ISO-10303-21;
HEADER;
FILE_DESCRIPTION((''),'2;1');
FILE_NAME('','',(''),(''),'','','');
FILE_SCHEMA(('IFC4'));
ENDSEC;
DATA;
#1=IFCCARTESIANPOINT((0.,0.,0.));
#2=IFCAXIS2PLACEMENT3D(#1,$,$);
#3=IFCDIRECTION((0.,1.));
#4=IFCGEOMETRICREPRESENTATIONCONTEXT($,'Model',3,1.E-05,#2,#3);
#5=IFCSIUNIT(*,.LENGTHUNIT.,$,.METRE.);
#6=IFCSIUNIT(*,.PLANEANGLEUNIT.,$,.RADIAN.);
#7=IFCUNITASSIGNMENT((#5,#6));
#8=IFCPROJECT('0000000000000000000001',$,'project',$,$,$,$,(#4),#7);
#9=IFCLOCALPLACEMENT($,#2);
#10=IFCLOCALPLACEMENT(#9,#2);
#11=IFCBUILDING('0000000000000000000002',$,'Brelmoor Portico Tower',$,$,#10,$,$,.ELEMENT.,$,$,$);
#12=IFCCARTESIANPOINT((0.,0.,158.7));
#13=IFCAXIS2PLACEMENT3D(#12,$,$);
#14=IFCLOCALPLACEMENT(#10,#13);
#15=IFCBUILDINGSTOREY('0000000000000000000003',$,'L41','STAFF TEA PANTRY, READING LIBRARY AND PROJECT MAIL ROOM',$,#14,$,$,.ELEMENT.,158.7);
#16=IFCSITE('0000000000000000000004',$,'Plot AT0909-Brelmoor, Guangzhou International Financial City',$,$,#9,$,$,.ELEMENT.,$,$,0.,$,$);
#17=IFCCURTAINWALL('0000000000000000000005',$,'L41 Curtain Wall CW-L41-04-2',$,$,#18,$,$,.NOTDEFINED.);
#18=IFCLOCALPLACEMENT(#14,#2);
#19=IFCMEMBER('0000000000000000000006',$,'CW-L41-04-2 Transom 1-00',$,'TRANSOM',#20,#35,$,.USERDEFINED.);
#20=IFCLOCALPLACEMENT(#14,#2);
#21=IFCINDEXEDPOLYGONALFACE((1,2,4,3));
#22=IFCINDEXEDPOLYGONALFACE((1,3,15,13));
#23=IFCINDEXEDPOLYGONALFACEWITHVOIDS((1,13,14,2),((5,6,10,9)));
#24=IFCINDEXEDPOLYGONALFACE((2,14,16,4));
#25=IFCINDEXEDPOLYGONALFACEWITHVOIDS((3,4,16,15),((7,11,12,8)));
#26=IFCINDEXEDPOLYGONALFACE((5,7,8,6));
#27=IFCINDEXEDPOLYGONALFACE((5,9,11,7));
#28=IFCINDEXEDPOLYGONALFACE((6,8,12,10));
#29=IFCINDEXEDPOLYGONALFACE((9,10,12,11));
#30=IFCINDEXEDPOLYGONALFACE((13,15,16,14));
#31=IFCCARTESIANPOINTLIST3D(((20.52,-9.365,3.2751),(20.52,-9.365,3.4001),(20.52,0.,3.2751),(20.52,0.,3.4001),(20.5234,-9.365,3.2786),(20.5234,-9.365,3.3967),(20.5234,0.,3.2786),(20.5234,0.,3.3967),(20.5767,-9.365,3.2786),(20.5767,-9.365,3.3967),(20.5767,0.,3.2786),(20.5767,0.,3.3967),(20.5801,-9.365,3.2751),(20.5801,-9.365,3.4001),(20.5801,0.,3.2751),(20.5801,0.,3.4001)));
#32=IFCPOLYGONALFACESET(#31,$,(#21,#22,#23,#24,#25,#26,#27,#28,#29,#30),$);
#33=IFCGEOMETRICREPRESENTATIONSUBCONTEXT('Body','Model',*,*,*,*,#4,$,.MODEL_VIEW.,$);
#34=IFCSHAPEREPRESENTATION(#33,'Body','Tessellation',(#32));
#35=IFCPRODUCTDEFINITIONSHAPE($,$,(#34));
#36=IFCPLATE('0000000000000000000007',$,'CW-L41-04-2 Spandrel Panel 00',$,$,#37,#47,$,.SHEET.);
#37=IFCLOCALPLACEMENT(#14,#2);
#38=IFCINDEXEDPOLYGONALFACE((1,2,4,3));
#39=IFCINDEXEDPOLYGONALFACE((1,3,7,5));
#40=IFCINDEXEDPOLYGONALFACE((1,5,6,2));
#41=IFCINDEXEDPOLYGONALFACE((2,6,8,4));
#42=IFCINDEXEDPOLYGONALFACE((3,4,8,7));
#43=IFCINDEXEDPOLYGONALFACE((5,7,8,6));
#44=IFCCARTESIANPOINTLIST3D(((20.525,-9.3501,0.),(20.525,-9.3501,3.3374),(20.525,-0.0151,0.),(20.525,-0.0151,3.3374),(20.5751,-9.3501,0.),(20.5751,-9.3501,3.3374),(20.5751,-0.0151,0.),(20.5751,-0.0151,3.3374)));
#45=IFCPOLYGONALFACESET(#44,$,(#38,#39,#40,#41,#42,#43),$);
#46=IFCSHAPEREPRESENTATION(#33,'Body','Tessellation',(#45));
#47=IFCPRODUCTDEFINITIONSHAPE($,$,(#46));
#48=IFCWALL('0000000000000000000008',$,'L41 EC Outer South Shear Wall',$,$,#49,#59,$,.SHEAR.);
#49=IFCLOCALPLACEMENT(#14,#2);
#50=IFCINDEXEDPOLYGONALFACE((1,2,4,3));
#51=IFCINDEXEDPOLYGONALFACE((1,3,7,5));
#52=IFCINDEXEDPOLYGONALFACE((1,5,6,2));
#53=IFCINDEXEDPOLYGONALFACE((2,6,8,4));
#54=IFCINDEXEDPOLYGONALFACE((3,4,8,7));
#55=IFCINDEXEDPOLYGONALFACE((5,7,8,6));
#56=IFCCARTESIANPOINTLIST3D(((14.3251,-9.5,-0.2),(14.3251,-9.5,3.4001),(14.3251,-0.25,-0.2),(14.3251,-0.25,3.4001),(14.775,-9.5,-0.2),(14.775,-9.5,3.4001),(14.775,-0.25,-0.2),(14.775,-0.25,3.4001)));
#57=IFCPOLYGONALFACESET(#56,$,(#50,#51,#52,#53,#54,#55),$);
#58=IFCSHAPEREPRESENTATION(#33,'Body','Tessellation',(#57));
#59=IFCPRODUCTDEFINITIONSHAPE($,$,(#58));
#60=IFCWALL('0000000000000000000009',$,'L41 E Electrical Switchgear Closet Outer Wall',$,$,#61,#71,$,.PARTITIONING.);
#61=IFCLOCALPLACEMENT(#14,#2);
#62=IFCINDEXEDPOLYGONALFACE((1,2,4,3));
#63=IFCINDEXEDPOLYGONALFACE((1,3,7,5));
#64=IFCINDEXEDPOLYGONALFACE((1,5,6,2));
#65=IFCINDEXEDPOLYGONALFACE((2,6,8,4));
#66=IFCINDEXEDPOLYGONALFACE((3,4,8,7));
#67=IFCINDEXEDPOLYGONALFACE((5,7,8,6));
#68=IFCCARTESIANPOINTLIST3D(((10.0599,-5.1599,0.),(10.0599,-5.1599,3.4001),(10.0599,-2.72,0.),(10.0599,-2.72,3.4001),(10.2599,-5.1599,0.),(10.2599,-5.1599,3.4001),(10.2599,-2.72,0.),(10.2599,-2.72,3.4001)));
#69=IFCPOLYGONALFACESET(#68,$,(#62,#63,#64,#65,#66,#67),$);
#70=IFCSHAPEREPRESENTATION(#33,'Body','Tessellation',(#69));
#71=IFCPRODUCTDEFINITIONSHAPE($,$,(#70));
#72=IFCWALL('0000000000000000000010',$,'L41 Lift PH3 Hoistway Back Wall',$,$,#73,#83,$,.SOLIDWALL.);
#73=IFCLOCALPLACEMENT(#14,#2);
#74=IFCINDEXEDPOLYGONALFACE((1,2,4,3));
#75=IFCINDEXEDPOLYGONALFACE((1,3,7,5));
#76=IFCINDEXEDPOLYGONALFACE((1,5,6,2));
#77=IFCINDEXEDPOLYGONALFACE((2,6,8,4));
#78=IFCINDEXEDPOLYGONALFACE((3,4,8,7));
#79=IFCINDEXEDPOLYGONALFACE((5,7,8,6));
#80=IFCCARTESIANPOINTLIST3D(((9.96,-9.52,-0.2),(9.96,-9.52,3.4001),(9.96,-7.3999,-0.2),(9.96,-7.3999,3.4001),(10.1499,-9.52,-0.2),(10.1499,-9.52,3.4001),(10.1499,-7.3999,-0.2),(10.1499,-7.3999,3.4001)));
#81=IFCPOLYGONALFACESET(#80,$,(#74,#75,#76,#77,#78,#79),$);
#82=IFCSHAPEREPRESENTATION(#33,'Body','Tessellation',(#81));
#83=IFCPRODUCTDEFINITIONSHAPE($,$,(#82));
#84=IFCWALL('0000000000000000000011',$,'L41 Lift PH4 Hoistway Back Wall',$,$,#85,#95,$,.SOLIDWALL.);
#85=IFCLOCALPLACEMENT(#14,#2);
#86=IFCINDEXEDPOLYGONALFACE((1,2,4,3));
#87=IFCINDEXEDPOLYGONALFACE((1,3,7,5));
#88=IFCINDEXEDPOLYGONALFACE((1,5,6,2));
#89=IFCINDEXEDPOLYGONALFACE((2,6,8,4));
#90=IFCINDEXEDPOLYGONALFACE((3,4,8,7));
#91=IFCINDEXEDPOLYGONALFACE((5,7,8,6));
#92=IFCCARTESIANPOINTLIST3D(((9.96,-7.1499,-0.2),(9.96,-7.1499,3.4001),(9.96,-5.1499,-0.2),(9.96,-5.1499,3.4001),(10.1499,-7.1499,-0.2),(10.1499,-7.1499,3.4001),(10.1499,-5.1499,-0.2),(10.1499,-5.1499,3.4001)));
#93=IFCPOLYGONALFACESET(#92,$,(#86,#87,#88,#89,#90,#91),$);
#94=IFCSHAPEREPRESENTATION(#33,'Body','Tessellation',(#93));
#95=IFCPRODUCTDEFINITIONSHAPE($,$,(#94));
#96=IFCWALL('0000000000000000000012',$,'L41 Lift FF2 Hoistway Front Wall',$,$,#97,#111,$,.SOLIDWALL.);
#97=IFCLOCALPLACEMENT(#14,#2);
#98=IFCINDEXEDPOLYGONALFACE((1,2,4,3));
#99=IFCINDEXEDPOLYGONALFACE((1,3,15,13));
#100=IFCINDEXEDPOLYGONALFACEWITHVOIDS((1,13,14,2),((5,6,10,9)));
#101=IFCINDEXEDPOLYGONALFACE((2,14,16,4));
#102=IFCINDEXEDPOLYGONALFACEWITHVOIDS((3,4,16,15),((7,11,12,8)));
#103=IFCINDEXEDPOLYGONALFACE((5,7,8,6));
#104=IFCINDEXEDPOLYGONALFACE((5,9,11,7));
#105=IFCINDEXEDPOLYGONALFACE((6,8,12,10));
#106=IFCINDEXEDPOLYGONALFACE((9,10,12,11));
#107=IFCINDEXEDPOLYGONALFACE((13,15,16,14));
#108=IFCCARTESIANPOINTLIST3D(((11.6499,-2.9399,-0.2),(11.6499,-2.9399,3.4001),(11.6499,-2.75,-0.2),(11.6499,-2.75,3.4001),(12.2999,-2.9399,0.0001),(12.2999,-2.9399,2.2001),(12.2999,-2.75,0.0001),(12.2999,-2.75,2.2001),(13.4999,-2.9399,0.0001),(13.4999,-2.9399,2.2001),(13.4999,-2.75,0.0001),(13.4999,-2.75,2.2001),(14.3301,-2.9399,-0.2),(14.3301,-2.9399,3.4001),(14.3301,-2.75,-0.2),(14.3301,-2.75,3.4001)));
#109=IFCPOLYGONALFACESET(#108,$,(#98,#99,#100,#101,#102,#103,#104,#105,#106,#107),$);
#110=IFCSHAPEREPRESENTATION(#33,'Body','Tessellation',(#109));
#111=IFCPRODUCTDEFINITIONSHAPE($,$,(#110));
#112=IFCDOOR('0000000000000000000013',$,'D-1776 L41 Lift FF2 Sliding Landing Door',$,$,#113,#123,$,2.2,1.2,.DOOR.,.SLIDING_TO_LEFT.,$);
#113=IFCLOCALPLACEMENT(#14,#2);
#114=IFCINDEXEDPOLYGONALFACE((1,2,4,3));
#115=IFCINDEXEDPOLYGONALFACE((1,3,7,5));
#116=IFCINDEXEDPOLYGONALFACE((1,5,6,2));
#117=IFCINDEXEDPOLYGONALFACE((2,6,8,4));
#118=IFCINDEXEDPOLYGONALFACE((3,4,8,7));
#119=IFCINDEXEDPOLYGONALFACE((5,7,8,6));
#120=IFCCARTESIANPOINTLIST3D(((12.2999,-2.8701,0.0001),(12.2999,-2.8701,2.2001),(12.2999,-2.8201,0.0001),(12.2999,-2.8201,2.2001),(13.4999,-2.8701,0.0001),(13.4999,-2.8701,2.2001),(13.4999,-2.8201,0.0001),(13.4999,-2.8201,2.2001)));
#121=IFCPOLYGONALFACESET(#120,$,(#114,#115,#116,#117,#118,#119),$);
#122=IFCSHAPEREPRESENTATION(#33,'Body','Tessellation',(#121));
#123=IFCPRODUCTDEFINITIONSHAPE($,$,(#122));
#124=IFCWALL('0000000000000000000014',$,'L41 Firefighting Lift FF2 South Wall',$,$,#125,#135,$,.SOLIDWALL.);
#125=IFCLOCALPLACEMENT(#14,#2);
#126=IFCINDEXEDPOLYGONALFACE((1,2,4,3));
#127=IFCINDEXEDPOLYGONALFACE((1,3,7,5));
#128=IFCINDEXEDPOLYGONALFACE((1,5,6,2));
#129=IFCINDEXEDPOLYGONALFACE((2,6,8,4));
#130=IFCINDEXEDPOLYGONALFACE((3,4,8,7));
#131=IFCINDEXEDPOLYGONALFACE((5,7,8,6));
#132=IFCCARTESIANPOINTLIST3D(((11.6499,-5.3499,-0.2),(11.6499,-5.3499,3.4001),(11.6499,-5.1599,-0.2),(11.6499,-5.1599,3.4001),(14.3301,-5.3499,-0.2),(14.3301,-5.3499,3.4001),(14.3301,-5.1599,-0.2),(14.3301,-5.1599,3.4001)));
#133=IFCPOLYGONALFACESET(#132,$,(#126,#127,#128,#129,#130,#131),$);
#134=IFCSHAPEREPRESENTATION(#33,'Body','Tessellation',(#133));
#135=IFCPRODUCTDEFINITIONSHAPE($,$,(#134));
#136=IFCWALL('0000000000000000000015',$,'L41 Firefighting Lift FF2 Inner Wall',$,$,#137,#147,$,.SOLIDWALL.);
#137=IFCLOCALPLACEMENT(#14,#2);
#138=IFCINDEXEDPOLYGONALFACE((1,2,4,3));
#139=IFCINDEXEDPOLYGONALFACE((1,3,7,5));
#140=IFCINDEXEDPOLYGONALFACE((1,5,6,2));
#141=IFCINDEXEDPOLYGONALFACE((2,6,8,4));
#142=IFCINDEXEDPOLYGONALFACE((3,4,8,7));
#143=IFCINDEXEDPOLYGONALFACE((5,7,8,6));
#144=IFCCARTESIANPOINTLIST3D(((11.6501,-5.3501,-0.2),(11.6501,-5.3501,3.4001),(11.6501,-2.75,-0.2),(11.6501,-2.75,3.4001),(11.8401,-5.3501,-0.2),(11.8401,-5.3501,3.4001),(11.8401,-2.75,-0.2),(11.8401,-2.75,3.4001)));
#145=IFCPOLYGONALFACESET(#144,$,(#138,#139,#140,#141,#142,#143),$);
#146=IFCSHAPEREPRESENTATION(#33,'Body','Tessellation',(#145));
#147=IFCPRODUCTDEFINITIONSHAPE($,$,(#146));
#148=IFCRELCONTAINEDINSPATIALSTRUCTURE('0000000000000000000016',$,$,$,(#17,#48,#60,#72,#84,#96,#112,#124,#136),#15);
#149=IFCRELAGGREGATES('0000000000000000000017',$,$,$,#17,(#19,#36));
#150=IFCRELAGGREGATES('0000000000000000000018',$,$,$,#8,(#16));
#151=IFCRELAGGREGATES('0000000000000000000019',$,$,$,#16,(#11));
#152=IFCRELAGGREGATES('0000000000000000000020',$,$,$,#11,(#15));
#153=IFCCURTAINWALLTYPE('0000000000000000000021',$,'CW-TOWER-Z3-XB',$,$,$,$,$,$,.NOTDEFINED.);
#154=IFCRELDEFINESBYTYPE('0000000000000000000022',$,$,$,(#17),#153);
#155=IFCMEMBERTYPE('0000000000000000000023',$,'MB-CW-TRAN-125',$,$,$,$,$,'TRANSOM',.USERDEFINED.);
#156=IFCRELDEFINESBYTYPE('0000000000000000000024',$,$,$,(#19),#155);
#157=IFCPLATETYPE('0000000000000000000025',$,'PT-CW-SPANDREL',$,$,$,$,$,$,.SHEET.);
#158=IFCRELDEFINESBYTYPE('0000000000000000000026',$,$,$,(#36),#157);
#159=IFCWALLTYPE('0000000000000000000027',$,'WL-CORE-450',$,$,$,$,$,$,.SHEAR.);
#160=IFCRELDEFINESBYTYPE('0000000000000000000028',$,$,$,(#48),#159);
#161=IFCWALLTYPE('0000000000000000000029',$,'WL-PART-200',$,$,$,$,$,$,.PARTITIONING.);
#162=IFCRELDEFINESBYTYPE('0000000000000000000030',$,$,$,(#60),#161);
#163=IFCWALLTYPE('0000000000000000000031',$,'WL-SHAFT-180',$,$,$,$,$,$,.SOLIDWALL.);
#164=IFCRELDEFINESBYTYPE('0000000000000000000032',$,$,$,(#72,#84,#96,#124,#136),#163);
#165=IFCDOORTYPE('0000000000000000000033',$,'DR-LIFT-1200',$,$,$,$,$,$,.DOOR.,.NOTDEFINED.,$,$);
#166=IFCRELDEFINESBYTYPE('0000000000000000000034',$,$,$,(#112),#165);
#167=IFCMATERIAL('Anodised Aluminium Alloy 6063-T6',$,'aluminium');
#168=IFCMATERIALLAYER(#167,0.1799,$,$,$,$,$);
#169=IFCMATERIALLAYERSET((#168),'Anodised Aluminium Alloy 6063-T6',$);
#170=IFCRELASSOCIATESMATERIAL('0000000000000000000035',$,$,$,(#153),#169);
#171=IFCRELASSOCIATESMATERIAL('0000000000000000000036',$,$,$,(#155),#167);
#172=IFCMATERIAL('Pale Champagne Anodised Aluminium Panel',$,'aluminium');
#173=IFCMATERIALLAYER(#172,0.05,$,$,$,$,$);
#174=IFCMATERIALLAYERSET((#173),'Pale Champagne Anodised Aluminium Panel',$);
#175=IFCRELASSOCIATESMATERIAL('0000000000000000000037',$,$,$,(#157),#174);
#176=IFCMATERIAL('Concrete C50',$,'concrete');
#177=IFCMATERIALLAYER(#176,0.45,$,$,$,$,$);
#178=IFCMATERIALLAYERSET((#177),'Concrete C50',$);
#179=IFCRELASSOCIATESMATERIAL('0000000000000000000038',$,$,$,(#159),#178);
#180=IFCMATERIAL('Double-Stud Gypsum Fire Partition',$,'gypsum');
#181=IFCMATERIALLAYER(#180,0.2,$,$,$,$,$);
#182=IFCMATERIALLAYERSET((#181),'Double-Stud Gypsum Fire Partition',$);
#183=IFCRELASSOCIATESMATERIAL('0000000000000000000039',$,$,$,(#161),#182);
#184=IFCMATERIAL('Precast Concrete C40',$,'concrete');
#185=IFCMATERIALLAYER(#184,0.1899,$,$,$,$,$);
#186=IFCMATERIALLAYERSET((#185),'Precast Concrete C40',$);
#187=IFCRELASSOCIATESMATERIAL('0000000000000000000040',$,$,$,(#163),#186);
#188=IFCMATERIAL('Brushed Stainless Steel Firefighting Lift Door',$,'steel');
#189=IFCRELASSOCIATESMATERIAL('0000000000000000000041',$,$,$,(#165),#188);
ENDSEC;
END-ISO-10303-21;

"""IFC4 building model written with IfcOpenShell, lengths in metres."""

from ifc_helpers import new_model, si_unit, direction, frame, frame_2d, origin, origin_2d, place, context, subcontext, project, spatial, rectangle, hollow_rectangle, extrude, material, layer, layer_set, material_profile, profile_set, type_object, element, fill, aggregate, save


model = new_model("IFC4")

# Units and contexts
model_context = context("Model", 3, precision=1e-05, world=origin(), true_north=direction((0.0, 1.0)))
body_context = subcontext(model_context, "Body", "Model", "MODEL_VIEW")
ifc_project = project(units=[si_unit("LENGTHUNIT", "METRE"), si_unit("PLANEANGLEUNIT", "RADIAN")], contexts=[model_context])

# Site, building, storey
site_placement = place(None, origin())
site = spatial("IfcSite", under=ifc_project, at=site_placement, Name="Plot AT0909-Brelmoor, Guangzhou International Financial City", CompositionType="ELEMENT", RefElevation=0.0)
building_placement = place(site_placement, origin())
building = spatial("IfcBuilding", under=site, at=building_placement, Name="Brelmoor Portico Tower", CompositionType="ELEMENT")
storey_placement = place(building_placement, frame((0.0, 0.0, 158.7)))
storey = spatial("IfcBuildingStorey", under=building, at=storey_placement, Name="L41", Description="STAFF TEA PANTRY, READING LIBRARY AND PROJECT MAIL ROOM", CompositionType="ELEMENT", Elevation=158.7)

# Curtain wall, member, plate
ifc_material_1 = material(Name="Anodised Aluminium Alloy 6063-T6", Category="aluminium")
ifc_layer_1 = layer(ifc_material_1, 0.1799)
ifc_layer_set_1 = layer_set([ifc_layer_1], Name="Anodised Aluminium Alloy 6063-T6")
curtain_wall_type = type_object("IfcCurtainWallType", Name="CW-TOWER-Z3-XB", PredefinedType="NOTDEFINED", material=ifc_layer_set_1)
curtain_wall_placement = place(storey_placement, origin())
curtain_wall = element("IfcCurtainWall", 1, at=curtain_wall_placement, inside=storey, type_object=curtain_wall_type, Name="L41 Curtain Wall CW-L41-04-2", PredefinedType="NOTDEFINED")
ifc_material_profile_1 = material_profile(ifc_material_1, hollow_rectangle(XDim=0.0601, YDim=0.125, WallThickness=0.0034, at=origin_2d()), Name="ALU TRANSOM 60x125")
ifc_profile_set_1 = profile_set([ifc_material_profile_1], Name="Anodised Aluminium Alloy 6063-T6")
member_type_1 = type_object("IfcMemberType", Name="MB-CW-TRAN-125", ElementType="TRANSOM", PredefinedType="USERDEFINED", material=ifc_profile_set_1)
member_1_placement = place(storey_placement, frame((20.55, -9.365, 3.3376), z_axis=(0.0, 1.0, 0.0), x_axis=(-1.0, 0.0, 0.0)))
member_1 = element("IfcMember", 2, at=member_1_placement, type_object=member_type_1, Name="CW-L41-04-2 Transom 1-00", ObjectType="TRANSOM", PredefinedType="USERDEFINED", context=body_context, shape_type="SweptSolid", body=[
    extrude(hollow_rectangle(XDim=0.0601, YDim=0.125, WallThickness=0.0034, at=origin_2d()), origin(), (0.0, 0.0, 1.0), 9.365),
])
ifc_material_2 = material(Name="Pale Champagne Anodised Aluminium Panel", Category="aluminium")
ifc_layer_2 = layer(ifc_material_2, 0.05)
ifc_layer_set_2 = layer_set([ifc_layer_2], Name="Pale Champagne Anodised Aluminium Panel")
plate_type = type_object("IfcPlateType", Name="PT-CW-SPANDREL", PredefinedType="SHEET", material=ifc_layer_set_2)
plate_placement = place(storey_placement, frame((20.55, -4.6826, 0.0), z_axis=(0.0, 0.0, 1.0), x_axis=(0.0, 1.0, 0.0)))
plate = element("IfcPlate", 3, at=plate_placement, type_object=plate_type, Name="CW-L41-04-2 Spandrel Panel 00", PredefinedType="SHEET", context=body_context, shape_type="SweptSolid", body=[
    extrude(rectangle(XDim=9.335, YDim=0.05, at=origin_2d()), origin(), (0.0, 0.0, 1.0), 3.3374),
])
aggregate(curtain_wall, [member_1, plate])

# Wall
ifc_material_3 = material(Name="Concrete C50", Category="concrete")
ifc_layer_3 = layer(ifc_material_3, 0.45)
ifc_layer_set_3 = layer_set([ifc_layer_3], Name="Concrete C50")
wall_type_1 = type_object("IfcWallType", Name="WL-CORE-450", PredefinedType="SHEAR", material=ifc_layer_set_3)
wall_1_placement = place(storey_placement, frame((14.55, -9.5, -0.2), z_axis=(0.0, 0.0, 1.0), x_axis=(0.0, 1.0, 0.0)))
element("IfcWall", 4, at=wall_1_placement, inside=storey, type_object=wall_type_1, Name="L41 EC Outer South Shear Wall", PredefinedType="SHEAR", context=body_context, shape_type="SweptSolid", body=[
    extrude(rectangle(XDim=9.25, YDim=0.45, at=frame_2d((4.625, 0.0))), origin(), (0.0, 0.0, 1.0), 3.6001),
])

# Shared definitions
ifc_material_4 = material(Name="Double-Stud Gypsum Fire Partition", Category="gypsum")
ifc_layer_4 = layer(ifc_material_4, 0.2)
ifc_layer_set_4 = layer_set([ifc_layer_4], Name="Double-Stud Gypsum Fire Partition")
wall_type_2 = type_object("IfcWallType", Name="WL-PART-200", PredefinedType="PARTITIONING", material=ifc_layer_set_4)

# Walls
wall_2_placement = place(storey_placement, frame((10.1599, -5.1599, 0.0), z_axis=(0.0, 0.0, 1.0), x_axis=(0.0, 1.0, 0.0)))
element("IfcWall", 5, at=wall_2_placement, inside=storey, type_object=wall_type_2, Name="L41 E Electrical Switchgear Closet Outer Wall", PredefinedType="PARTITIONING", context=body_context, shape_type="SweptSolid", body=[
    extrude(rectangle(XDim=2.4399, YDim=0.2, at=frame_2d((1.22, 0.0))), origin(), (0.0, 0.0, 1.0), 3.4001),
])
ifc_material_5 = material(Name="Precast Concrete C40", Category="concrete")
ifc_layer_5 = layer(ifc_material_5, 0.1899)
ifc_layer_set_5 = layer_set([ifc_layer_5], Name="Precast Concrete C40")
wall_type_3 = type_object("IfcWallType", Name="WL-SHAFT-180", PredefinedType="SOLIDWALL", material=ifc_layer_set_5)
wall_3_placement = place(storey_placement, frame((10.0549, -9.52, -0.2), z_axis=(0.0, 0.0, 1.0), x_axis=(0.0, 1.0, 0.0)))
element("IfcWall", 6, at=wall_3_placement, inside=storey, type_object=wall_type_3, Name="L41 Lift PH3 Hoistway Back Wall", PredefinedType="SOLIDWALL", context=body_context, shape_type="SweptSolid", body=[
    extrude(rectangle(XDim=2.1201, YDim=0.1899, at=frame_2d((1.0601, 0.0))), origin(), (0.0, 0.0, 1.0), 3.6001),
])
wall_4_placement = place(storey_placement, frame((10.0549, -7.1499, -0.2), z_axis=(0.0, 0.0, 1.0), x_axis=(0.0, 1.0, 0.0)))
element("IfcWall", 7, at=wall_4_placement, inside=storey, type_object=wall_type_3, Name="L41 Lift PH4 Hoistway Back Wall", PredefinedType="SOLIDWALL", context=body_context, shape_type="SweptSolid", body=[
    extrude(rectangle(XDim=2.0, YDim=0.1899, at=frame_2d((1.0, 0.0))), origin(), (0.0, 0.0, 1.0), 3.6001),
])

# Wall, opening, door
wall_5_placement = place(storey_placement, frame((11.6499, -2.845, -0.2), z_axis=(0.0, 0.0, 1.0), x_axis=(1.0, 0.0, 0.0)))
wall_5 = element("IfcWall", 8, at=wall_5_placement, inside=storey, type_object=wall_type_3, Name="L41 Lift FF2 Hoistway Front Wall", PredefinedType="SOLIDWALL", context=body_context, shape_type="SweptSolid", body=[
    extrude(rectangle(XDim=2.6802, YDim=0.1899, at=frame_2d((1.3401, 0.0))), origin(), (0.0, 0.0, 1.0), 3.6001),
])
opening_1_placement = place(wall_5_placement, frame((0.6499, 0.0, 0.2)))
opening_1 = element("IfcOpeningElement", 9, at=opening_1_placement, cuts=wall_5, PredefinedType="OPENING", context=body_context, shape_type="SweptSolid", body=[
    extrude(rectangle(XDim=1.2, YDim=2.2, at=frame_2d((0.6001, 1.1001))), frame((0.0, 0.105, 0.0), z_axis=(0.0, -1.0, 0.0), x_axis=(1.0, 0.0, 0.0)), (0.0, 0.0, 1.0), 0.21),
])
ifc_material_6 = material(Name="Brushed Stainless Steel Firefighting Lift Door", Category="steel")
door_type_1 = type_object("IfcDoorType", Name="DR-LIFT-1200", OperationType="NOTDEFINED", PredefinedType="DOOR", material=ifc_material_6)
door_1_placement = place(opening_1_placement, origin())
door_1 = element("IfcDoor", 10, at=door_1_placement, inside=storey, type_object=door_type_1, Name="D-1776 L41 Lift FF2 Sliding Landing Door", OperationType="SLIDING_TO_LEFT", OverallHeight=2.2, OverallWidth=1.2, PredefinedType="DOOR", context=body_context, shape_type="SweptSolid", body=[
    extrude(rectangle(XDim=1.2, YDim=2.2, at=frame_2d((0.6001, 1.1001))), frame((0.0, 0.0249, 0.0), z_axis=(0.0, -1.0, 0.0), x_axis=(1.0, 0.0, 0.0)), (0.0, 0.0, 1.0), 0.05),
])
fill(opening_1, door_1)

# Walls
wall_6_placement = place(storey_placement, frame((11.6499, -5.2549, -0.2), z_axis=(0.0, 0.0, 1.0), x_axis=(1.0, 0.0, 0.0)))
element("IfcWall", 11, at=wall_6_placement, inside=storey, type_object=wall_type_3, Name="L41 Firefighting Lift FF2 South Wall", PredefinedType="SOLIDWALL", context=body_context, shape_type="SweptSolid", body=[
    extrude(rectangle(XDim=2.6802, YDim=0.1899, at=frame_2d((1.3401, 0.0))), origin(), (0.0, 0.0, 1.0), 3.6001),
])
wall_7_placement = place(storey_placement, frame((11.7451, -5.3501, -0.2), z_axis=(0.0, 0.0, 1.0), x_axis=(0.0, 1.0, 0.0)))
element("IfcWall", 12, at=wall_7_placement, inside=storey, type_object=wall_type_3, Name="L41 Firefighting Lift FF2 Inner Wall", PredefinedType="SOLIDWALL", context=body_context, shape_type="SweptSolid", body=[
    extrude(rectangle(XDim=2.6001, YDim=0.1899, at=frame_2d((1.3, 0.0))), origin(), (0.0, 0.0, 1.0), 3.6001),
])

save(model, "model.ifc")
